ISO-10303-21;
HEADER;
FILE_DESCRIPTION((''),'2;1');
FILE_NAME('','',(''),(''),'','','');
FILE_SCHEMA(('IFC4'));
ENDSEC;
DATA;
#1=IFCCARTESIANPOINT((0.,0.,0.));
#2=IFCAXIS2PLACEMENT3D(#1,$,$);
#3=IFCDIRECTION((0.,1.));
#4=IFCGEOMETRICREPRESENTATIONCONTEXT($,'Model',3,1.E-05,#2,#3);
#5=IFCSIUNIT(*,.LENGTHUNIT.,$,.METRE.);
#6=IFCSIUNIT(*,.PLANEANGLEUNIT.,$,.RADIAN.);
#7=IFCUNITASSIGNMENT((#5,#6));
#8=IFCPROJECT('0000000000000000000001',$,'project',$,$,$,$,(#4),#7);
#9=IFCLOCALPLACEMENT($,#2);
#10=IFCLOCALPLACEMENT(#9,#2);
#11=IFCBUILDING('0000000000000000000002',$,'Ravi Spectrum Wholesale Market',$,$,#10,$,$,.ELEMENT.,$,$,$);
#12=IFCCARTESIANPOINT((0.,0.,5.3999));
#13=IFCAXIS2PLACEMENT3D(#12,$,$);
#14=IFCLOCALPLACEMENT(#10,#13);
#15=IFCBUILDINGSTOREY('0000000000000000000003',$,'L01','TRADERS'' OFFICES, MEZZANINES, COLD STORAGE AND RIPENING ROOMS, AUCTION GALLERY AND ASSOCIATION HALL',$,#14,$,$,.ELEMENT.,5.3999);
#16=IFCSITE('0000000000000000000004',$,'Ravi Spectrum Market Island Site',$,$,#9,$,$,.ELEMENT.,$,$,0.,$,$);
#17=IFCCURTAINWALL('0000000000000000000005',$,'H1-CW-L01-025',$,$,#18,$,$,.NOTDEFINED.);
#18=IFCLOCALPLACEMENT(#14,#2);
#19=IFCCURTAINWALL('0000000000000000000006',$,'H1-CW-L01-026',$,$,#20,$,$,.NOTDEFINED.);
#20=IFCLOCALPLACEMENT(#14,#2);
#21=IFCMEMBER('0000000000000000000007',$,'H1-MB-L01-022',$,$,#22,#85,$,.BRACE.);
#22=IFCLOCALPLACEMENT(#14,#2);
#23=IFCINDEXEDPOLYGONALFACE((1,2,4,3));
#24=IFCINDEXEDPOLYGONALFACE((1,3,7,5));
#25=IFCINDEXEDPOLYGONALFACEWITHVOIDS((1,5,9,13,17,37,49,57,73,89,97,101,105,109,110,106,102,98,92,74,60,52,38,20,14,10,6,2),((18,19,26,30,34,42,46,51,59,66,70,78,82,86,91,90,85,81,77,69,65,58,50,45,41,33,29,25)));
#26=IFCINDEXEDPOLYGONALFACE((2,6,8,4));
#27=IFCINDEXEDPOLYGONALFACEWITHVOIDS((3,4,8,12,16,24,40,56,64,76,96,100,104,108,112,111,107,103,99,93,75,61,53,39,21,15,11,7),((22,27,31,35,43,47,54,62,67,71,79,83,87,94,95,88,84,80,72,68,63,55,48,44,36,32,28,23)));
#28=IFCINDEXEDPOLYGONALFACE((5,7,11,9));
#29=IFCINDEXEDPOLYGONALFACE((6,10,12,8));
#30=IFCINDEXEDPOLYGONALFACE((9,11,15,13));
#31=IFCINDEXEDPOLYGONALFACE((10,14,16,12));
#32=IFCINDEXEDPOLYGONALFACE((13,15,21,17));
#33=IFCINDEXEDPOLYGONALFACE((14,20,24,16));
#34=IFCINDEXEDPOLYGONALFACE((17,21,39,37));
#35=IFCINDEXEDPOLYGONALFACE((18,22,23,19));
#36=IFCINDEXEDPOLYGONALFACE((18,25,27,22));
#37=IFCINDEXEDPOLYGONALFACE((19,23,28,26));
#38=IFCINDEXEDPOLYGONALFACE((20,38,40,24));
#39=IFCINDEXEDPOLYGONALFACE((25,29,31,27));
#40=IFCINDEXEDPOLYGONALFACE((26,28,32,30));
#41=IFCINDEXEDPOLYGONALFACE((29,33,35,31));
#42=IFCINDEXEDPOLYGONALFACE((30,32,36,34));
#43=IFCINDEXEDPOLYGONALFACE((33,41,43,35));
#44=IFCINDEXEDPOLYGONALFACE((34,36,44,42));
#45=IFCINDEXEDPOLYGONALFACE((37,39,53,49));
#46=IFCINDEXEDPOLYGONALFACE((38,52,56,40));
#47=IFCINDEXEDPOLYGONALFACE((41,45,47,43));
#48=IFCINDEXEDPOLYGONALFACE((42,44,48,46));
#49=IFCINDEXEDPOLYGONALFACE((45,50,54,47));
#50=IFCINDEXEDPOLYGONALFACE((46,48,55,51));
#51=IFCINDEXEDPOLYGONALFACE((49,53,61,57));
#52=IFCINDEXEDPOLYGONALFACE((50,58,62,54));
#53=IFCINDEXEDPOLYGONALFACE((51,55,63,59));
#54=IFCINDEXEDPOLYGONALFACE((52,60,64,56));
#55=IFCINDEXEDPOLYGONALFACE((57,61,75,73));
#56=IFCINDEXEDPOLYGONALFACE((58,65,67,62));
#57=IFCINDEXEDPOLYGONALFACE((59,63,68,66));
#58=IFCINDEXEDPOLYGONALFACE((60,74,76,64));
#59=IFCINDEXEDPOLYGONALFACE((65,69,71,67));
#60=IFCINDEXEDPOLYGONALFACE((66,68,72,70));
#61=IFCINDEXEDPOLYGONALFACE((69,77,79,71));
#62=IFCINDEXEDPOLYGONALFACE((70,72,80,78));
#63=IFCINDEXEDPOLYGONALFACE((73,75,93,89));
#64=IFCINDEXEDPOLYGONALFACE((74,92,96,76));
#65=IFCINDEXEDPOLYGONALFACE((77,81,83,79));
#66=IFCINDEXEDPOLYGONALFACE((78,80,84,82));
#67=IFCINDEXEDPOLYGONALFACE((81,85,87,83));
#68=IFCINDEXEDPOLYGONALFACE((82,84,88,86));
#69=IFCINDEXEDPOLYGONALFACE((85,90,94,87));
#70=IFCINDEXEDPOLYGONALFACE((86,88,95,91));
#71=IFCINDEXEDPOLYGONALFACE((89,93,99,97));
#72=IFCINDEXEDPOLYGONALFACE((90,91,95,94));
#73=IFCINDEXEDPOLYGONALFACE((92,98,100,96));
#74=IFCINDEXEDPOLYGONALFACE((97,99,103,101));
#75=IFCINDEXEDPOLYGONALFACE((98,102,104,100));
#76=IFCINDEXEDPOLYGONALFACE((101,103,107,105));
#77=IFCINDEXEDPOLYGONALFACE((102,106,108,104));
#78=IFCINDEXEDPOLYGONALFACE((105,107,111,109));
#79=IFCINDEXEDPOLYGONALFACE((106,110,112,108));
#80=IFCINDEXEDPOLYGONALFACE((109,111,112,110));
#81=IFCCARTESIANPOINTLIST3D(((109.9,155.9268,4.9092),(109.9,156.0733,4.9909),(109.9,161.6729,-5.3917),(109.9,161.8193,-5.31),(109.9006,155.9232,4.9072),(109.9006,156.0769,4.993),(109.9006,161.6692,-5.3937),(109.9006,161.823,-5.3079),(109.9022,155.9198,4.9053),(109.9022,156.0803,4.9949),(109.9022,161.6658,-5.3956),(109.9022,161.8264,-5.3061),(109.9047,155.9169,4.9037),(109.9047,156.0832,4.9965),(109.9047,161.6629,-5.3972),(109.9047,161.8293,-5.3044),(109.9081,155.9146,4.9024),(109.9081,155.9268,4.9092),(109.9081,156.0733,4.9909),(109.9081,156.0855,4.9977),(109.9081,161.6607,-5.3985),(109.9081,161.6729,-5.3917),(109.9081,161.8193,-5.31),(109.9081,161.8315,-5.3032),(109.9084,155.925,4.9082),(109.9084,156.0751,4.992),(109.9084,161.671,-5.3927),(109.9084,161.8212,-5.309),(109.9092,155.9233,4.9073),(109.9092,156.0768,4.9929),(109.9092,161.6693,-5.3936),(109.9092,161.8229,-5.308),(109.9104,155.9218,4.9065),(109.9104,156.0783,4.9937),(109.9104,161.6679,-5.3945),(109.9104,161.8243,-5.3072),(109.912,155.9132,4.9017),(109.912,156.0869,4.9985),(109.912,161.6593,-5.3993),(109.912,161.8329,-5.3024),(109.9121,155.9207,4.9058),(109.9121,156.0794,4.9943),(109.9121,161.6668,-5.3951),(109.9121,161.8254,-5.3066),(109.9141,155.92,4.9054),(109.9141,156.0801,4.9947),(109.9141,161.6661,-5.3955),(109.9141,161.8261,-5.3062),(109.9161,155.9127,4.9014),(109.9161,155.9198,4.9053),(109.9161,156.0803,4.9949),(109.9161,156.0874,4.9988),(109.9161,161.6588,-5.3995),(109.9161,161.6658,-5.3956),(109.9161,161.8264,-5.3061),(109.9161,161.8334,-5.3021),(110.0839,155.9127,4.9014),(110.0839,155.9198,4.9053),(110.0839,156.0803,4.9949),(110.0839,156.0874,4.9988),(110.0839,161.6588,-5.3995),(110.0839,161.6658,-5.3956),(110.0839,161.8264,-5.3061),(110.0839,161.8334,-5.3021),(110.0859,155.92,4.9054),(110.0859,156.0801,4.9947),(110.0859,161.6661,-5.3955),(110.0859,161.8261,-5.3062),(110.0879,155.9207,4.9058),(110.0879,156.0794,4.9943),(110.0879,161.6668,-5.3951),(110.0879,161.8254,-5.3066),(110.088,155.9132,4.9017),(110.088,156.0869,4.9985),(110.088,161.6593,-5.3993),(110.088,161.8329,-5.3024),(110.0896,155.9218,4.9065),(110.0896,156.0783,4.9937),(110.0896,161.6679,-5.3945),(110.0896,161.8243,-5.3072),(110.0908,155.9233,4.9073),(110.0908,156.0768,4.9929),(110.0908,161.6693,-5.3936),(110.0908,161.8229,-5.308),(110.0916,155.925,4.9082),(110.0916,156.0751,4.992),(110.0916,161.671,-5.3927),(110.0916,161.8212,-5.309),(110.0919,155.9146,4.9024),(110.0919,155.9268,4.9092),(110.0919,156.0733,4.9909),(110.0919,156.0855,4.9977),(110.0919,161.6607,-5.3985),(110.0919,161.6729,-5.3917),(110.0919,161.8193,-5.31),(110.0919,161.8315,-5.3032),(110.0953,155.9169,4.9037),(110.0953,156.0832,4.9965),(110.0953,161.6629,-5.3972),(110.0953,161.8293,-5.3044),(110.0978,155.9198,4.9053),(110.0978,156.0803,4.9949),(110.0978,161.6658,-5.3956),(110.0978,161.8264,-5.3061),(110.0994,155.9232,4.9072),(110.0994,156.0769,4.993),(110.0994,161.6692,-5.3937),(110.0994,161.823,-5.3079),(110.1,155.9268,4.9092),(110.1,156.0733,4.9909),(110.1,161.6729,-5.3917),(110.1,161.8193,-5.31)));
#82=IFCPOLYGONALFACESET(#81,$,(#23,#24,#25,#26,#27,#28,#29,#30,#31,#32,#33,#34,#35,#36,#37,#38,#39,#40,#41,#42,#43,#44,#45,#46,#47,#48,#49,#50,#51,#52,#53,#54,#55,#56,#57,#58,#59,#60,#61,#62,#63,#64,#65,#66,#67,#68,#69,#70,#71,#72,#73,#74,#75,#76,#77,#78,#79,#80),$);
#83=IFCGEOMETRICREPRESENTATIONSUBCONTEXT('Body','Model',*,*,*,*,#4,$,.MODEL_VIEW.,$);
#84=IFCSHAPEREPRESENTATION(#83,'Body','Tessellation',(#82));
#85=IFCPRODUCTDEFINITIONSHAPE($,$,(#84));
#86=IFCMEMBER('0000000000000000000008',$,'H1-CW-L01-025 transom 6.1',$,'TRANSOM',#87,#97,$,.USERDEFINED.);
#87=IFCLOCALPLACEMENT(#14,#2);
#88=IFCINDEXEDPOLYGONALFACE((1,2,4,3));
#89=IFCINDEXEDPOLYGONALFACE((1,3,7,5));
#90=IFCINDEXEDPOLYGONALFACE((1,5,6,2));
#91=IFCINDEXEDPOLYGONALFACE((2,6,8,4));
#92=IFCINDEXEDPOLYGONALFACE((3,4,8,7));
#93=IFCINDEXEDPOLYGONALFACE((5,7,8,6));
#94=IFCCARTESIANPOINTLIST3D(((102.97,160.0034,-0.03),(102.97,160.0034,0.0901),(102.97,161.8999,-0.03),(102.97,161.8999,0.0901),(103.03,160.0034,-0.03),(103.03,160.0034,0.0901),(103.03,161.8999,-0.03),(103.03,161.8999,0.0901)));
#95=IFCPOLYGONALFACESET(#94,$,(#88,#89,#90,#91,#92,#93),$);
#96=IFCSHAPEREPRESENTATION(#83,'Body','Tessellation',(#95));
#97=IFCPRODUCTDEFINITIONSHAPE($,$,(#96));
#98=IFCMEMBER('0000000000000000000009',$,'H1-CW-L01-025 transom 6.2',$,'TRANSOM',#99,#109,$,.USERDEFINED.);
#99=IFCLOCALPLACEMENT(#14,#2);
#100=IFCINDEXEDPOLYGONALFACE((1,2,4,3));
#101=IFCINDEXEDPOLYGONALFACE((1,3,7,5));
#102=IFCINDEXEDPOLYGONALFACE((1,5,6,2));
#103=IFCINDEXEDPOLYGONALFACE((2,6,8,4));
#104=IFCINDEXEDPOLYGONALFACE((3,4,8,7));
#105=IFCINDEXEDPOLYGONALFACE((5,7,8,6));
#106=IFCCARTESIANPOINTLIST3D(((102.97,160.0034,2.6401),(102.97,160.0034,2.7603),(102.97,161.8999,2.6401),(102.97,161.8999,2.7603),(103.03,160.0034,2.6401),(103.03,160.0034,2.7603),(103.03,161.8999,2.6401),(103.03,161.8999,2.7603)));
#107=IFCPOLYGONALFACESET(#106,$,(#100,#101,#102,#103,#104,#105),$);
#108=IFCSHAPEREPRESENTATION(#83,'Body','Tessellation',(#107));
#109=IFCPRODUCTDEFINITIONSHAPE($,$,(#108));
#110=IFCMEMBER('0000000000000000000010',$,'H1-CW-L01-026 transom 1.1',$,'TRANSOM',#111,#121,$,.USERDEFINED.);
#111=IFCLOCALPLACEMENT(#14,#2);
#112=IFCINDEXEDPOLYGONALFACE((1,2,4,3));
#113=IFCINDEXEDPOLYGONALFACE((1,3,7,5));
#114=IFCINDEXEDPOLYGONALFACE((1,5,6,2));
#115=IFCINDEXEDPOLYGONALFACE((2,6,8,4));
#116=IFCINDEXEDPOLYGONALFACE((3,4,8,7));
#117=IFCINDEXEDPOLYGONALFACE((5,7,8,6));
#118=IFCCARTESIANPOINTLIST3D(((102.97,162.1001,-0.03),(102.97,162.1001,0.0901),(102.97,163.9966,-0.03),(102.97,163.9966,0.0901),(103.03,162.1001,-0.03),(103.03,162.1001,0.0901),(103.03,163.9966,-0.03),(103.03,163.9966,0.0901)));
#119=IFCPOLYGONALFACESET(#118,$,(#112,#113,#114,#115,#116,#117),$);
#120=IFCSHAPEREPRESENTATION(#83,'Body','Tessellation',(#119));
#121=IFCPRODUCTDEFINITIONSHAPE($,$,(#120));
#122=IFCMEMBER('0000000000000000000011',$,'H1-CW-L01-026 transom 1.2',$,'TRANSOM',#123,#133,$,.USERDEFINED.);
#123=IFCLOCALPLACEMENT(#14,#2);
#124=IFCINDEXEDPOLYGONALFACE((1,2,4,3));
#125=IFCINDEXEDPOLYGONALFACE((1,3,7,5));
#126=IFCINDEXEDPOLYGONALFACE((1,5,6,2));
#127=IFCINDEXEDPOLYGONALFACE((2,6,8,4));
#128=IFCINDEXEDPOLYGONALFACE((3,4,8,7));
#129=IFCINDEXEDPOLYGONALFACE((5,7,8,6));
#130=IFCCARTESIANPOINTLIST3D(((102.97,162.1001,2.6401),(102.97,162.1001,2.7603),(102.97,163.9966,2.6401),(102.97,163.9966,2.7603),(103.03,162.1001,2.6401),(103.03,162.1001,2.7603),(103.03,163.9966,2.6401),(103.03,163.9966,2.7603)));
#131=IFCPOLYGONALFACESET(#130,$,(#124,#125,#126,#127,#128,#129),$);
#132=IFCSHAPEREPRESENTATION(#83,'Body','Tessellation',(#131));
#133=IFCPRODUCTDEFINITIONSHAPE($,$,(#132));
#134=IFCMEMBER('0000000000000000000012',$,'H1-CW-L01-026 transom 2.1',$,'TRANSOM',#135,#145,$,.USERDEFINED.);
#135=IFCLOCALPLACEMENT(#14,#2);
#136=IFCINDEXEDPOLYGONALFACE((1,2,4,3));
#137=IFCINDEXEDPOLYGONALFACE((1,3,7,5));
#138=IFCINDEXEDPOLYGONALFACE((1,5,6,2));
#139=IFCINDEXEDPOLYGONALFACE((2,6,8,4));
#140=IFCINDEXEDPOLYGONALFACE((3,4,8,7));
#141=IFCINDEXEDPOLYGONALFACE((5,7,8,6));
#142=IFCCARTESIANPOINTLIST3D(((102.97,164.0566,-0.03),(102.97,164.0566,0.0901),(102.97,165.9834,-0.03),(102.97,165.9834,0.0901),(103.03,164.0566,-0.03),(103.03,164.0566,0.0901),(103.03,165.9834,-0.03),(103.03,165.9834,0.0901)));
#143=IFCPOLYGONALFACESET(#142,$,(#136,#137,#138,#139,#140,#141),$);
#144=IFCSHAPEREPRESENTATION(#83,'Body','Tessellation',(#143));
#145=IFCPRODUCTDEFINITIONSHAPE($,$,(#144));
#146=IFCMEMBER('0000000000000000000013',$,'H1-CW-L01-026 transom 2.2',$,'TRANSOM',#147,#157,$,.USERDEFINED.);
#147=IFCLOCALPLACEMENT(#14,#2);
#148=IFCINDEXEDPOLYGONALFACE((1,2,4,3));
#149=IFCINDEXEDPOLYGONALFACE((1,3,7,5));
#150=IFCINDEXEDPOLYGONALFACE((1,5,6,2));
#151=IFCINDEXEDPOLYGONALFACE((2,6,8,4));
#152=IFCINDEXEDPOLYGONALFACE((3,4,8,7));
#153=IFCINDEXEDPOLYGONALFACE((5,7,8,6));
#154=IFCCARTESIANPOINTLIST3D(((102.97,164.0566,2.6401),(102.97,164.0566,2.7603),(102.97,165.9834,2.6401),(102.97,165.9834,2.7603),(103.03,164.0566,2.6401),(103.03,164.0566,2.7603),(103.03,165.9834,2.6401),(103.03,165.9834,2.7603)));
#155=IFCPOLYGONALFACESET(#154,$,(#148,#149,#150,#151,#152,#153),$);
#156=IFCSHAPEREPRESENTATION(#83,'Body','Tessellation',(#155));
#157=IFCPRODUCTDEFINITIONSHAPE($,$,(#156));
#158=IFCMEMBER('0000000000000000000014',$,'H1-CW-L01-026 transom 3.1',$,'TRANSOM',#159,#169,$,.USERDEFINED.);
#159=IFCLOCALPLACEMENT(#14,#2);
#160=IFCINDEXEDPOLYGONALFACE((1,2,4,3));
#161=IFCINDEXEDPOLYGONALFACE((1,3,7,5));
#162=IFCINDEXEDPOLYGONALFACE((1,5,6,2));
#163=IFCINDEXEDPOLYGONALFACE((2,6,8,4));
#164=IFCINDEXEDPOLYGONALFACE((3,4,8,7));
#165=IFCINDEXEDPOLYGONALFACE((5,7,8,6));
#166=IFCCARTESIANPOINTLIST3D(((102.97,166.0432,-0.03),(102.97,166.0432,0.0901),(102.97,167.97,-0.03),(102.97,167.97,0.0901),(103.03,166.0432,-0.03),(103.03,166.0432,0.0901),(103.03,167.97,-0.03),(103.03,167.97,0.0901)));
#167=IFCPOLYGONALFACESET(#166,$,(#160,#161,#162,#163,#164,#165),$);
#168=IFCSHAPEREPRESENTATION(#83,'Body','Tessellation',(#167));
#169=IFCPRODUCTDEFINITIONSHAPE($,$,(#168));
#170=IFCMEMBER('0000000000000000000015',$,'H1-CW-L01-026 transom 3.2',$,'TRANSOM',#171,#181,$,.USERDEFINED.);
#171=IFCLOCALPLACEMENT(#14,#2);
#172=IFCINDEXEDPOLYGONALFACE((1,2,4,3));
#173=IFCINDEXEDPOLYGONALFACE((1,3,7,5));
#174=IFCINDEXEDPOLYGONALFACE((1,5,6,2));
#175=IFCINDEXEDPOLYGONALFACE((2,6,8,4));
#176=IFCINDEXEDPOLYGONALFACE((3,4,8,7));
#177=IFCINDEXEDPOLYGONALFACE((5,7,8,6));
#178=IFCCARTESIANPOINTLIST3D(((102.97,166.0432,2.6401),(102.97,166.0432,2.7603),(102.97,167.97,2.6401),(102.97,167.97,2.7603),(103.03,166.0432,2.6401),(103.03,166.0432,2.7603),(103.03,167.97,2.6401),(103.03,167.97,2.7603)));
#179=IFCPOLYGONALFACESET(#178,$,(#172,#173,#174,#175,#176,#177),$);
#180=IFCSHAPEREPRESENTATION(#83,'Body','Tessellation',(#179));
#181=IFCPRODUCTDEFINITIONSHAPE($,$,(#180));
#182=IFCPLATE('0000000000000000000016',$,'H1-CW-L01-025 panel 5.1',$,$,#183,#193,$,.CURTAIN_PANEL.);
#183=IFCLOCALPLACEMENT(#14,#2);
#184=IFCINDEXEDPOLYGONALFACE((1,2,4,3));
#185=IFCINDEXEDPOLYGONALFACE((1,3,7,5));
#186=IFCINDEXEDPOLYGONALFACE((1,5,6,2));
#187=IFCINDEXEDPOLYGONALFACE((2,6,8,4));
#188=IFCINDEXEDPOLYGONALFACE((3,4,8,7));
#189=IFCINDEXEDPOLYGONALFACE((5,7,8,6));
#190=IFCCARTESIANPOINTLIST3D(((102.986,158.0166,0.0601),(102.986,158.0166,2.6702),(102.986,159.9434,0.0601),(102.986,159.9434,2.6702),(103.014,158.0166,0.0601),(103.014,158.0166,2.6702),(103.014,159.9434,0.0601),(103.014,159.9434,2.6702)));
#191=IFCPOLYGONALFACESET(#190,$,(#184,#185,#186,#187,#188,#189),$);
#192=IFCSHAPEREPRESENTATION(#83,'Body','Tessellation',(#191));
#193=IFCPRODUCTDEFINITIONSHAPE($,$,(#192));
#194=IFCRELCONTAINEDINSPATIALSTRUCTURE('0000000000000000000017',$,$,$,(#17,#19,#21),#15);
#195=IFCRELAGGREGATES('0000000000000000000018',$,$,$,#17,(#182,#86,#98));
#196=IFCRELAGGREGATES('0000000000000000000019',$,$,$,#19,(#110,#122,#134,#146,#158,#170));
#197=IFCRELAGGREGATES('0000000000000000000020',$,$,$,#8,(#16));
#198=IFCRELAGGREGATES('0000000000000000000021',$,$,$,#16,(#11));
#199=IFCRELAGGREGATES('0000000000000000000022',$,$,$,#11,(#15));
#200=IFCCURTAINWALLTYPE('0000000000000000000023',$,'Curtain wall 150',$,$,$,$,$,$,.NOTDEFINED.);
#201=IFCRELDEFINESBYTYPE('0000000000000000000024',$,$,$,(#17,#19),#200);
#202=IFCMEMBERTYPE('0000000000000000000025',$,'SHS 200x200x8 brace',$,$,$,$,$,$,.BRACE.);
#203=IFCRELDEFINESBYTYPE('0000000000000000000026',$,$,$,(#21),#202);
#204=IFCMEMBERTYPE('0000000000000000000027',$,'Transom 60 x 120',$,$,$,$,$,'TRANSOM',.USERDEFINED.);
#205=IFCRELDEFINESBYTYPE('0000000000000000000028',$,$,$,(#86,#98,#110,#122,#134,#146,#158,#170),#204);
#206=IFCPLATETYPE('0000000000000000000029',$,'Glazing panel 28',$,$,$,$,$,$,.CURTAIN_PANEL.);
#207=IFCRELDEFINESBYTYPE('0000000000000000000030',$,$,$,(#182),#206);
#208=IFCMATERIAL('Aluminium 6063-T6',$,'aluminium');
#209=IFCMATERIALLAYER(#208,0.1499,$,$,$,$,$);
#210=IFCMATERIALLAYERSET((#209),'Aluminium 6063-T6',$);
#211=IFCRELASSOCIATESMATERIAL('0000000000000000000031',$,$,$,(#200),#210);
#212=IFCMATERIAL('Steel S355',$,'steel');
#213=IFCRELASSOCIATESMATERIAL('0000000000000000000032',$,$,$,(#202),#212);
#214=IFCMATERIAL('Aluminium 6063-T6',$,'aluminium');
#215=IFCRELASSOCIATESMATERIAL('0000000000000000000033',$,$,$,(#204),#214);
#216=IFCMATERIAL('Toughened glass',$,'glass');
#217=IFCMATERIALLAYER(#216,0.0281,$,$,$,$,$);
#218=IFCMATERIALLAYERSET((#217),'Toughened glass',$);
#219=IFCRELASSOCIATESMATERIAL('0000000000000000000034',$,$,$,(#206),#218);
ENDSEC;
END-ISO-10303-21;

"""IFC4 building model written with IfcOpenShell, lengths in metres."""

from ifc_helpers import new_model, si_unit, direction, frame, origin, origin_2d, place, context, subcontext, project, spatial, rectangle, hollow_rectangle, extrude, material, layer, layer_set, material_profile, profile_set, type_object, element, aggregate, save


model = new_model("IFC4")

# Units and contexts
model_context = context("Model", 3, precision=1e-05, world=origin(), true_north=direction((0.0, 1.0)))
body_context = subcontext(model_context, "Body", "Model", "MODEL_VIEW")
ifc_project = project(units=[si_unit("LENGTHUNIT", "METRE"), si_unit("PLANEANGLEUNIT", "RADIAN")], contexts=[model_context])

# Site, building, storey
site_placement = place(None, origin())
site = spatial("IfcSite", under=ifc_project, at=site_placement, Name="Ravi Spectrum Market Island Site", CompositionType="ELEMENT", RefElevation=0.0)
building_placement = place(site_placement, origin())
building = spatial("IfcBuilding", under=site, at=building_placement, Name="Ravi Spectrum Wholesale Market", CompositionType="ELEMENT")
storey_placement = place(building_placement, frame((0.0, 0.0, 5.3999)))
storey = spatial("IfcBuildingStorey", under=building, at=storey_placement, Name="L01", Description="TRADERS' OFFICES, MEZZANINES, COLD STORAGE AND RIPENING ROOMS, AUCTION GALLERY AND ASSOCIATION HALL", CompositionType="ELEMENT", Elevation=5.3999)

# Curtain walls
ifc_material_1 = material(Name="Aluminium 6063-T6", Category="aluminium")
ifc_layer_1 = layer(ifc_material_1, 0.1499)
ifc_layer_set_1 = layer_set([ifc_layer_1], Name="Aluminium 6063-T6")
curtain_wall_type = type_object("IfcCurtainWallType", Name="Curtain wall 150", PredefinedType="NOTDEFINED", material=ifc_layer_set_1)
curtain_wall_1_placement = place(storey_placement, origin())
curtain_wall_1 = element("IfcCurtainWall", 1, at=curtain_wall_1_placement, inside=storey, type_object=curtain_wall_type, Name="H1-CW-L01-025", PredefinedType="NOTDEFINED")
curtain_wall_2_placement = place(storey_placement, origin())
curtain_wall_2 = element("IfcCurtainWall", 2, at=curtain_wall_2_placement, inside=storey, type_object=curtain_wall_type, Name="H1-CW-L01-026", PredefinedType="NOTDEFINED")

# Members
ifc_material_2 = material(Name="Steel S355", Category="steel")
ifc_material_profile_1 = material_profile(ifc_material_2, hollow_rectangle(XDim=0.2, YDim=0.2, WallThickness=0.0081, InnerFilletRadius=0.0081, OuterFilletRadius=0.0161, at=origin_2d()))
ifc_profile_set_1 = profile_set([ifc_material_profile_1], Name="Steel S355")
member_type_1 = type_object("IfcMemberType", Name="SHS 200x200x8 brace", PredefinedType="BRACE", material=ifc_profile_set_1)
member_1_placement = place(storey_placement, frame((110.0, 161.7461, -5.3508), z_axis=(0.0, -0.487152, 0.873317), x_axis=(1.0, 0.0, 0.0)))
element("IfcMember", 3, at=member_1_placement, inside=storey, type_object=member_type_1, Name="H1-MB-L01-022", PredefinedType="BRACE", context=body_context, shape_type="SweptSolid", body=[
    extrude(hollow_rectangle(XDim=0.2, YDim=0.2, WallThickness=0.0081, InnerFilletRadius=0.0081, OuterFilletRadius=0.0161, at=origin_2d()), origin(), (0.0, 0.0, 1.0), 11.7952),
])
ifc_material_3 = material(Name="Aluminium 6063-T6", Category="aluminium")
ifc_material_profile_2 = material_profile(ifc_material_3, rectangle(XDim=0.0601, YDim=0.1201, at=origin_2d()))
ifc_profile_set_2 = profile_set([ifc_material_profile_2], Name="Aluminium 6063-T6")
member_type_2 = type_object("IfcMemberType", Name="Transom 60 x 120", ElementType="TRANSOM", PredefinedType="USERDEFINED", material=ifc_profile_set_2)
member_2_placement = place(storey_placement, frame((103.0, 160.0034, 0.03), z_axis=(0.0, 1.0, 0.0), x_axis=(-1.0, 0.0, 0.0)))
member_2 = element("IfcMember", 4, at=member_2_placement, type_object=member_type_2, Name="H1-CW-L01-025 transom 6.1", ObjectType="TRANSOM", PredefinedType="USERDEFINED", context=body_context, shape_type="SweptSolid", body=[
    extrude(rectangle(XDim=0.0601, YDim=0.1201, at=origin_2d()), origin(), (0.0, 0.0, 1.0), 1.8965),
])
member_3_placement = place(storey_placement, frame((103.0, 160.0034, 2.7002), z_axis=(0.0, 1.0, 0.0), x_axis=(-1.0, 0.0, 0.0)))
member_3 = element("IfcMember", 5, at=member_3_placement, type_object=member_type_2, Name="H1-CW-L01-025 transom 6.2", ObjectType="TRANSOM", PredefinedType="USERDEFINED", context=body_context, shape_type="SweptSolid", body=[
    extrude(rectangle(XDim=0.0601, YDim=0.1201, at=origin_2d()), origin(), (0.0, 0.0, 1.0), 1.8965),
])
member_4_placement = place(storey_placement, frame((103.0, 162.1001, 0.03), z_axis=(0.0, 1.0, 0.0), x_axis=(-1.0, 0.0, 0.0)))
member_4 = element("IfcMember", 6, at=member_4_placement, type_object=member_type_2, Name="H1-CW-L01-026 transom 1.1", ObjectType="TRANSOM", PredefinedType="USERDEFINED", context=body_context, shape_type="SweptSolid", body=[
    extrude(rectangle(XDim=0.0601, YDim=0.1201, at=origin_2d()), origin(), (0.0, 0.0, 1.0), 1.8965),
])
member_5_placement = place(storey_placement, frame((103.0, 162.1001, 2.7002), z_axis=(0.0, 1.0, 0.0), x_axis=(-1.0, 0.0, 0.0)))
member_5 = element("IfcMember", 7, at=member_5_placement, type_object=member_type_2, Name="H1-CW-L01-026 transom 1.2", ObjectType="TRANSOM", PredefinedType="USERDEFINED", context=body_context, shape_type="SweptSolid", body=[
    extrude(rectangle(XDim=0.0601, YDim=0.1201, at=origin_2d()), origin(), (0.0, 0.0, 1.0), 1.8965),
])
member_6_placement = place(storey_placement, frame((103.0, 164.0566, 0.03), z_axis=(0.0, 1.0, 0.0), x_axis=(-1.0, 0.0, 0.0)))
member_6 = element("IfcMember", 8, at=member_6_placement, type_object=member_type_2, Name="H1-CW-L01-026 transom 2.1", ObjectType="TRANSOM", PredefinedType="USERDEFINED", context=body_context, shape_type="SweptSolid", body=[
    extrude(rectangle(XDim=0.0601, YDim=0.1201, at=origin_2d()), origin(), (0.0, 0.0, 1.0), 1.9268),
])
member_7_placement = place(storey_placement, frame((103.0, 164.0566, 2.7002), z_axis=(0.0, 1.0, 0.0), x_axis=(-1.0, 0.0, 0.0)))
member_7 = element("IfcMember", 9, at=member_7_placement, type_object=member_type_2, Name="H1-CW-L01-026 transom 2.2", ObjectType="TRANSOM", PredefinedType="USERDEFINED", context=body_context, shape_type="SweptSolid", body=[
    extrude(rectangle(XDim=0.0601, YDim=0.1201, at=origin_2d()), origin(), (0.0, 0.0, 1.0), 1.9268),
])
member_8_placement = place(storey_placement, frame((103.0, 166.0432, 0.03), z_axis=(0.0, 1.0, 0.0), x_axis=(-1.0, 0.0, 0.0)))
member_8 = element("IfcMember", 10, at=member_8_placement, type_object=member_type_2, Name="H1-CW-L01-026 transom 3.1", ObjectType="TRANSOM", PredefinedType="USERDEFINED", context=body_context, shape_type="SweptSolid", body=[
    extrude(rectangle(XDim=0.0601, YDim=0.1201, at=origin_2d()), origin(), (0.0, 0.0, 1.0), 1.9268),
])
member_9_placement = place(storey_placement, frame((103.0, 166.0432, 2.7002), z_axis=(0.0, 1.0, 0.0), x_axis=(-1.0, 0.0, 0.0)))
member_9 = element("IfcMember", 11, at=member_9_placement, type_object=member_type_2, Name="H1-CW-L01-026 transom 3.2", ObjectType="TRANSOM", PredefinedType="USERDEFINED", context=body_context, shape_type="SweptSolid", body=[
    extrude(rectangle(XDim=0.0601, YDim=0.1201, at=origin_2d()), origin(), (0.0, 0.0, 1.0), 1.9268),
])

# Plate
ifc_material_4 = material(Name="Toughened glass", Category="glass")
ifc_layer_2 = layer(ifc_material_4, 0.0281)
ifc_layer_set_2 = layer_set([ifc_layer_2], Name="Toughened glass")
plate_type = type_object("IfcPlateType", Name="Glazing panel 28", PredefinedType="CURTAIN_PANEL", material=ifc_layer_set_2)
plate_1_placement = place(storey_placement, frame((103.0, 158.98, 0.0601), z_axis=(0.0, 0.0, 1.0), x_axis=(0.0, 1.0, 0.0)))
plate_1 = element("IfcPlate", 12, at=plate_1_placement, type_object=plate_type, Name="H1-CW-L01-025 panel 5.1", PredefinedType="CURTAIN_PANEL", context=body_context, shape_type="SweptSolid", body=[
    extrude(rectangle(XDim=1.9268, YDim=0.0281, at=origin_2d()), origin(), (0.0, 0.0, 1.0), 2.6101),
])
aggregate(curtain_wall_1, [plate_1, member_2, member_3])
aggregate(curtain_wall_2, [member_4, member_5, member_6, member_7, member_8, member_9])

save(model, "model.ifc")
